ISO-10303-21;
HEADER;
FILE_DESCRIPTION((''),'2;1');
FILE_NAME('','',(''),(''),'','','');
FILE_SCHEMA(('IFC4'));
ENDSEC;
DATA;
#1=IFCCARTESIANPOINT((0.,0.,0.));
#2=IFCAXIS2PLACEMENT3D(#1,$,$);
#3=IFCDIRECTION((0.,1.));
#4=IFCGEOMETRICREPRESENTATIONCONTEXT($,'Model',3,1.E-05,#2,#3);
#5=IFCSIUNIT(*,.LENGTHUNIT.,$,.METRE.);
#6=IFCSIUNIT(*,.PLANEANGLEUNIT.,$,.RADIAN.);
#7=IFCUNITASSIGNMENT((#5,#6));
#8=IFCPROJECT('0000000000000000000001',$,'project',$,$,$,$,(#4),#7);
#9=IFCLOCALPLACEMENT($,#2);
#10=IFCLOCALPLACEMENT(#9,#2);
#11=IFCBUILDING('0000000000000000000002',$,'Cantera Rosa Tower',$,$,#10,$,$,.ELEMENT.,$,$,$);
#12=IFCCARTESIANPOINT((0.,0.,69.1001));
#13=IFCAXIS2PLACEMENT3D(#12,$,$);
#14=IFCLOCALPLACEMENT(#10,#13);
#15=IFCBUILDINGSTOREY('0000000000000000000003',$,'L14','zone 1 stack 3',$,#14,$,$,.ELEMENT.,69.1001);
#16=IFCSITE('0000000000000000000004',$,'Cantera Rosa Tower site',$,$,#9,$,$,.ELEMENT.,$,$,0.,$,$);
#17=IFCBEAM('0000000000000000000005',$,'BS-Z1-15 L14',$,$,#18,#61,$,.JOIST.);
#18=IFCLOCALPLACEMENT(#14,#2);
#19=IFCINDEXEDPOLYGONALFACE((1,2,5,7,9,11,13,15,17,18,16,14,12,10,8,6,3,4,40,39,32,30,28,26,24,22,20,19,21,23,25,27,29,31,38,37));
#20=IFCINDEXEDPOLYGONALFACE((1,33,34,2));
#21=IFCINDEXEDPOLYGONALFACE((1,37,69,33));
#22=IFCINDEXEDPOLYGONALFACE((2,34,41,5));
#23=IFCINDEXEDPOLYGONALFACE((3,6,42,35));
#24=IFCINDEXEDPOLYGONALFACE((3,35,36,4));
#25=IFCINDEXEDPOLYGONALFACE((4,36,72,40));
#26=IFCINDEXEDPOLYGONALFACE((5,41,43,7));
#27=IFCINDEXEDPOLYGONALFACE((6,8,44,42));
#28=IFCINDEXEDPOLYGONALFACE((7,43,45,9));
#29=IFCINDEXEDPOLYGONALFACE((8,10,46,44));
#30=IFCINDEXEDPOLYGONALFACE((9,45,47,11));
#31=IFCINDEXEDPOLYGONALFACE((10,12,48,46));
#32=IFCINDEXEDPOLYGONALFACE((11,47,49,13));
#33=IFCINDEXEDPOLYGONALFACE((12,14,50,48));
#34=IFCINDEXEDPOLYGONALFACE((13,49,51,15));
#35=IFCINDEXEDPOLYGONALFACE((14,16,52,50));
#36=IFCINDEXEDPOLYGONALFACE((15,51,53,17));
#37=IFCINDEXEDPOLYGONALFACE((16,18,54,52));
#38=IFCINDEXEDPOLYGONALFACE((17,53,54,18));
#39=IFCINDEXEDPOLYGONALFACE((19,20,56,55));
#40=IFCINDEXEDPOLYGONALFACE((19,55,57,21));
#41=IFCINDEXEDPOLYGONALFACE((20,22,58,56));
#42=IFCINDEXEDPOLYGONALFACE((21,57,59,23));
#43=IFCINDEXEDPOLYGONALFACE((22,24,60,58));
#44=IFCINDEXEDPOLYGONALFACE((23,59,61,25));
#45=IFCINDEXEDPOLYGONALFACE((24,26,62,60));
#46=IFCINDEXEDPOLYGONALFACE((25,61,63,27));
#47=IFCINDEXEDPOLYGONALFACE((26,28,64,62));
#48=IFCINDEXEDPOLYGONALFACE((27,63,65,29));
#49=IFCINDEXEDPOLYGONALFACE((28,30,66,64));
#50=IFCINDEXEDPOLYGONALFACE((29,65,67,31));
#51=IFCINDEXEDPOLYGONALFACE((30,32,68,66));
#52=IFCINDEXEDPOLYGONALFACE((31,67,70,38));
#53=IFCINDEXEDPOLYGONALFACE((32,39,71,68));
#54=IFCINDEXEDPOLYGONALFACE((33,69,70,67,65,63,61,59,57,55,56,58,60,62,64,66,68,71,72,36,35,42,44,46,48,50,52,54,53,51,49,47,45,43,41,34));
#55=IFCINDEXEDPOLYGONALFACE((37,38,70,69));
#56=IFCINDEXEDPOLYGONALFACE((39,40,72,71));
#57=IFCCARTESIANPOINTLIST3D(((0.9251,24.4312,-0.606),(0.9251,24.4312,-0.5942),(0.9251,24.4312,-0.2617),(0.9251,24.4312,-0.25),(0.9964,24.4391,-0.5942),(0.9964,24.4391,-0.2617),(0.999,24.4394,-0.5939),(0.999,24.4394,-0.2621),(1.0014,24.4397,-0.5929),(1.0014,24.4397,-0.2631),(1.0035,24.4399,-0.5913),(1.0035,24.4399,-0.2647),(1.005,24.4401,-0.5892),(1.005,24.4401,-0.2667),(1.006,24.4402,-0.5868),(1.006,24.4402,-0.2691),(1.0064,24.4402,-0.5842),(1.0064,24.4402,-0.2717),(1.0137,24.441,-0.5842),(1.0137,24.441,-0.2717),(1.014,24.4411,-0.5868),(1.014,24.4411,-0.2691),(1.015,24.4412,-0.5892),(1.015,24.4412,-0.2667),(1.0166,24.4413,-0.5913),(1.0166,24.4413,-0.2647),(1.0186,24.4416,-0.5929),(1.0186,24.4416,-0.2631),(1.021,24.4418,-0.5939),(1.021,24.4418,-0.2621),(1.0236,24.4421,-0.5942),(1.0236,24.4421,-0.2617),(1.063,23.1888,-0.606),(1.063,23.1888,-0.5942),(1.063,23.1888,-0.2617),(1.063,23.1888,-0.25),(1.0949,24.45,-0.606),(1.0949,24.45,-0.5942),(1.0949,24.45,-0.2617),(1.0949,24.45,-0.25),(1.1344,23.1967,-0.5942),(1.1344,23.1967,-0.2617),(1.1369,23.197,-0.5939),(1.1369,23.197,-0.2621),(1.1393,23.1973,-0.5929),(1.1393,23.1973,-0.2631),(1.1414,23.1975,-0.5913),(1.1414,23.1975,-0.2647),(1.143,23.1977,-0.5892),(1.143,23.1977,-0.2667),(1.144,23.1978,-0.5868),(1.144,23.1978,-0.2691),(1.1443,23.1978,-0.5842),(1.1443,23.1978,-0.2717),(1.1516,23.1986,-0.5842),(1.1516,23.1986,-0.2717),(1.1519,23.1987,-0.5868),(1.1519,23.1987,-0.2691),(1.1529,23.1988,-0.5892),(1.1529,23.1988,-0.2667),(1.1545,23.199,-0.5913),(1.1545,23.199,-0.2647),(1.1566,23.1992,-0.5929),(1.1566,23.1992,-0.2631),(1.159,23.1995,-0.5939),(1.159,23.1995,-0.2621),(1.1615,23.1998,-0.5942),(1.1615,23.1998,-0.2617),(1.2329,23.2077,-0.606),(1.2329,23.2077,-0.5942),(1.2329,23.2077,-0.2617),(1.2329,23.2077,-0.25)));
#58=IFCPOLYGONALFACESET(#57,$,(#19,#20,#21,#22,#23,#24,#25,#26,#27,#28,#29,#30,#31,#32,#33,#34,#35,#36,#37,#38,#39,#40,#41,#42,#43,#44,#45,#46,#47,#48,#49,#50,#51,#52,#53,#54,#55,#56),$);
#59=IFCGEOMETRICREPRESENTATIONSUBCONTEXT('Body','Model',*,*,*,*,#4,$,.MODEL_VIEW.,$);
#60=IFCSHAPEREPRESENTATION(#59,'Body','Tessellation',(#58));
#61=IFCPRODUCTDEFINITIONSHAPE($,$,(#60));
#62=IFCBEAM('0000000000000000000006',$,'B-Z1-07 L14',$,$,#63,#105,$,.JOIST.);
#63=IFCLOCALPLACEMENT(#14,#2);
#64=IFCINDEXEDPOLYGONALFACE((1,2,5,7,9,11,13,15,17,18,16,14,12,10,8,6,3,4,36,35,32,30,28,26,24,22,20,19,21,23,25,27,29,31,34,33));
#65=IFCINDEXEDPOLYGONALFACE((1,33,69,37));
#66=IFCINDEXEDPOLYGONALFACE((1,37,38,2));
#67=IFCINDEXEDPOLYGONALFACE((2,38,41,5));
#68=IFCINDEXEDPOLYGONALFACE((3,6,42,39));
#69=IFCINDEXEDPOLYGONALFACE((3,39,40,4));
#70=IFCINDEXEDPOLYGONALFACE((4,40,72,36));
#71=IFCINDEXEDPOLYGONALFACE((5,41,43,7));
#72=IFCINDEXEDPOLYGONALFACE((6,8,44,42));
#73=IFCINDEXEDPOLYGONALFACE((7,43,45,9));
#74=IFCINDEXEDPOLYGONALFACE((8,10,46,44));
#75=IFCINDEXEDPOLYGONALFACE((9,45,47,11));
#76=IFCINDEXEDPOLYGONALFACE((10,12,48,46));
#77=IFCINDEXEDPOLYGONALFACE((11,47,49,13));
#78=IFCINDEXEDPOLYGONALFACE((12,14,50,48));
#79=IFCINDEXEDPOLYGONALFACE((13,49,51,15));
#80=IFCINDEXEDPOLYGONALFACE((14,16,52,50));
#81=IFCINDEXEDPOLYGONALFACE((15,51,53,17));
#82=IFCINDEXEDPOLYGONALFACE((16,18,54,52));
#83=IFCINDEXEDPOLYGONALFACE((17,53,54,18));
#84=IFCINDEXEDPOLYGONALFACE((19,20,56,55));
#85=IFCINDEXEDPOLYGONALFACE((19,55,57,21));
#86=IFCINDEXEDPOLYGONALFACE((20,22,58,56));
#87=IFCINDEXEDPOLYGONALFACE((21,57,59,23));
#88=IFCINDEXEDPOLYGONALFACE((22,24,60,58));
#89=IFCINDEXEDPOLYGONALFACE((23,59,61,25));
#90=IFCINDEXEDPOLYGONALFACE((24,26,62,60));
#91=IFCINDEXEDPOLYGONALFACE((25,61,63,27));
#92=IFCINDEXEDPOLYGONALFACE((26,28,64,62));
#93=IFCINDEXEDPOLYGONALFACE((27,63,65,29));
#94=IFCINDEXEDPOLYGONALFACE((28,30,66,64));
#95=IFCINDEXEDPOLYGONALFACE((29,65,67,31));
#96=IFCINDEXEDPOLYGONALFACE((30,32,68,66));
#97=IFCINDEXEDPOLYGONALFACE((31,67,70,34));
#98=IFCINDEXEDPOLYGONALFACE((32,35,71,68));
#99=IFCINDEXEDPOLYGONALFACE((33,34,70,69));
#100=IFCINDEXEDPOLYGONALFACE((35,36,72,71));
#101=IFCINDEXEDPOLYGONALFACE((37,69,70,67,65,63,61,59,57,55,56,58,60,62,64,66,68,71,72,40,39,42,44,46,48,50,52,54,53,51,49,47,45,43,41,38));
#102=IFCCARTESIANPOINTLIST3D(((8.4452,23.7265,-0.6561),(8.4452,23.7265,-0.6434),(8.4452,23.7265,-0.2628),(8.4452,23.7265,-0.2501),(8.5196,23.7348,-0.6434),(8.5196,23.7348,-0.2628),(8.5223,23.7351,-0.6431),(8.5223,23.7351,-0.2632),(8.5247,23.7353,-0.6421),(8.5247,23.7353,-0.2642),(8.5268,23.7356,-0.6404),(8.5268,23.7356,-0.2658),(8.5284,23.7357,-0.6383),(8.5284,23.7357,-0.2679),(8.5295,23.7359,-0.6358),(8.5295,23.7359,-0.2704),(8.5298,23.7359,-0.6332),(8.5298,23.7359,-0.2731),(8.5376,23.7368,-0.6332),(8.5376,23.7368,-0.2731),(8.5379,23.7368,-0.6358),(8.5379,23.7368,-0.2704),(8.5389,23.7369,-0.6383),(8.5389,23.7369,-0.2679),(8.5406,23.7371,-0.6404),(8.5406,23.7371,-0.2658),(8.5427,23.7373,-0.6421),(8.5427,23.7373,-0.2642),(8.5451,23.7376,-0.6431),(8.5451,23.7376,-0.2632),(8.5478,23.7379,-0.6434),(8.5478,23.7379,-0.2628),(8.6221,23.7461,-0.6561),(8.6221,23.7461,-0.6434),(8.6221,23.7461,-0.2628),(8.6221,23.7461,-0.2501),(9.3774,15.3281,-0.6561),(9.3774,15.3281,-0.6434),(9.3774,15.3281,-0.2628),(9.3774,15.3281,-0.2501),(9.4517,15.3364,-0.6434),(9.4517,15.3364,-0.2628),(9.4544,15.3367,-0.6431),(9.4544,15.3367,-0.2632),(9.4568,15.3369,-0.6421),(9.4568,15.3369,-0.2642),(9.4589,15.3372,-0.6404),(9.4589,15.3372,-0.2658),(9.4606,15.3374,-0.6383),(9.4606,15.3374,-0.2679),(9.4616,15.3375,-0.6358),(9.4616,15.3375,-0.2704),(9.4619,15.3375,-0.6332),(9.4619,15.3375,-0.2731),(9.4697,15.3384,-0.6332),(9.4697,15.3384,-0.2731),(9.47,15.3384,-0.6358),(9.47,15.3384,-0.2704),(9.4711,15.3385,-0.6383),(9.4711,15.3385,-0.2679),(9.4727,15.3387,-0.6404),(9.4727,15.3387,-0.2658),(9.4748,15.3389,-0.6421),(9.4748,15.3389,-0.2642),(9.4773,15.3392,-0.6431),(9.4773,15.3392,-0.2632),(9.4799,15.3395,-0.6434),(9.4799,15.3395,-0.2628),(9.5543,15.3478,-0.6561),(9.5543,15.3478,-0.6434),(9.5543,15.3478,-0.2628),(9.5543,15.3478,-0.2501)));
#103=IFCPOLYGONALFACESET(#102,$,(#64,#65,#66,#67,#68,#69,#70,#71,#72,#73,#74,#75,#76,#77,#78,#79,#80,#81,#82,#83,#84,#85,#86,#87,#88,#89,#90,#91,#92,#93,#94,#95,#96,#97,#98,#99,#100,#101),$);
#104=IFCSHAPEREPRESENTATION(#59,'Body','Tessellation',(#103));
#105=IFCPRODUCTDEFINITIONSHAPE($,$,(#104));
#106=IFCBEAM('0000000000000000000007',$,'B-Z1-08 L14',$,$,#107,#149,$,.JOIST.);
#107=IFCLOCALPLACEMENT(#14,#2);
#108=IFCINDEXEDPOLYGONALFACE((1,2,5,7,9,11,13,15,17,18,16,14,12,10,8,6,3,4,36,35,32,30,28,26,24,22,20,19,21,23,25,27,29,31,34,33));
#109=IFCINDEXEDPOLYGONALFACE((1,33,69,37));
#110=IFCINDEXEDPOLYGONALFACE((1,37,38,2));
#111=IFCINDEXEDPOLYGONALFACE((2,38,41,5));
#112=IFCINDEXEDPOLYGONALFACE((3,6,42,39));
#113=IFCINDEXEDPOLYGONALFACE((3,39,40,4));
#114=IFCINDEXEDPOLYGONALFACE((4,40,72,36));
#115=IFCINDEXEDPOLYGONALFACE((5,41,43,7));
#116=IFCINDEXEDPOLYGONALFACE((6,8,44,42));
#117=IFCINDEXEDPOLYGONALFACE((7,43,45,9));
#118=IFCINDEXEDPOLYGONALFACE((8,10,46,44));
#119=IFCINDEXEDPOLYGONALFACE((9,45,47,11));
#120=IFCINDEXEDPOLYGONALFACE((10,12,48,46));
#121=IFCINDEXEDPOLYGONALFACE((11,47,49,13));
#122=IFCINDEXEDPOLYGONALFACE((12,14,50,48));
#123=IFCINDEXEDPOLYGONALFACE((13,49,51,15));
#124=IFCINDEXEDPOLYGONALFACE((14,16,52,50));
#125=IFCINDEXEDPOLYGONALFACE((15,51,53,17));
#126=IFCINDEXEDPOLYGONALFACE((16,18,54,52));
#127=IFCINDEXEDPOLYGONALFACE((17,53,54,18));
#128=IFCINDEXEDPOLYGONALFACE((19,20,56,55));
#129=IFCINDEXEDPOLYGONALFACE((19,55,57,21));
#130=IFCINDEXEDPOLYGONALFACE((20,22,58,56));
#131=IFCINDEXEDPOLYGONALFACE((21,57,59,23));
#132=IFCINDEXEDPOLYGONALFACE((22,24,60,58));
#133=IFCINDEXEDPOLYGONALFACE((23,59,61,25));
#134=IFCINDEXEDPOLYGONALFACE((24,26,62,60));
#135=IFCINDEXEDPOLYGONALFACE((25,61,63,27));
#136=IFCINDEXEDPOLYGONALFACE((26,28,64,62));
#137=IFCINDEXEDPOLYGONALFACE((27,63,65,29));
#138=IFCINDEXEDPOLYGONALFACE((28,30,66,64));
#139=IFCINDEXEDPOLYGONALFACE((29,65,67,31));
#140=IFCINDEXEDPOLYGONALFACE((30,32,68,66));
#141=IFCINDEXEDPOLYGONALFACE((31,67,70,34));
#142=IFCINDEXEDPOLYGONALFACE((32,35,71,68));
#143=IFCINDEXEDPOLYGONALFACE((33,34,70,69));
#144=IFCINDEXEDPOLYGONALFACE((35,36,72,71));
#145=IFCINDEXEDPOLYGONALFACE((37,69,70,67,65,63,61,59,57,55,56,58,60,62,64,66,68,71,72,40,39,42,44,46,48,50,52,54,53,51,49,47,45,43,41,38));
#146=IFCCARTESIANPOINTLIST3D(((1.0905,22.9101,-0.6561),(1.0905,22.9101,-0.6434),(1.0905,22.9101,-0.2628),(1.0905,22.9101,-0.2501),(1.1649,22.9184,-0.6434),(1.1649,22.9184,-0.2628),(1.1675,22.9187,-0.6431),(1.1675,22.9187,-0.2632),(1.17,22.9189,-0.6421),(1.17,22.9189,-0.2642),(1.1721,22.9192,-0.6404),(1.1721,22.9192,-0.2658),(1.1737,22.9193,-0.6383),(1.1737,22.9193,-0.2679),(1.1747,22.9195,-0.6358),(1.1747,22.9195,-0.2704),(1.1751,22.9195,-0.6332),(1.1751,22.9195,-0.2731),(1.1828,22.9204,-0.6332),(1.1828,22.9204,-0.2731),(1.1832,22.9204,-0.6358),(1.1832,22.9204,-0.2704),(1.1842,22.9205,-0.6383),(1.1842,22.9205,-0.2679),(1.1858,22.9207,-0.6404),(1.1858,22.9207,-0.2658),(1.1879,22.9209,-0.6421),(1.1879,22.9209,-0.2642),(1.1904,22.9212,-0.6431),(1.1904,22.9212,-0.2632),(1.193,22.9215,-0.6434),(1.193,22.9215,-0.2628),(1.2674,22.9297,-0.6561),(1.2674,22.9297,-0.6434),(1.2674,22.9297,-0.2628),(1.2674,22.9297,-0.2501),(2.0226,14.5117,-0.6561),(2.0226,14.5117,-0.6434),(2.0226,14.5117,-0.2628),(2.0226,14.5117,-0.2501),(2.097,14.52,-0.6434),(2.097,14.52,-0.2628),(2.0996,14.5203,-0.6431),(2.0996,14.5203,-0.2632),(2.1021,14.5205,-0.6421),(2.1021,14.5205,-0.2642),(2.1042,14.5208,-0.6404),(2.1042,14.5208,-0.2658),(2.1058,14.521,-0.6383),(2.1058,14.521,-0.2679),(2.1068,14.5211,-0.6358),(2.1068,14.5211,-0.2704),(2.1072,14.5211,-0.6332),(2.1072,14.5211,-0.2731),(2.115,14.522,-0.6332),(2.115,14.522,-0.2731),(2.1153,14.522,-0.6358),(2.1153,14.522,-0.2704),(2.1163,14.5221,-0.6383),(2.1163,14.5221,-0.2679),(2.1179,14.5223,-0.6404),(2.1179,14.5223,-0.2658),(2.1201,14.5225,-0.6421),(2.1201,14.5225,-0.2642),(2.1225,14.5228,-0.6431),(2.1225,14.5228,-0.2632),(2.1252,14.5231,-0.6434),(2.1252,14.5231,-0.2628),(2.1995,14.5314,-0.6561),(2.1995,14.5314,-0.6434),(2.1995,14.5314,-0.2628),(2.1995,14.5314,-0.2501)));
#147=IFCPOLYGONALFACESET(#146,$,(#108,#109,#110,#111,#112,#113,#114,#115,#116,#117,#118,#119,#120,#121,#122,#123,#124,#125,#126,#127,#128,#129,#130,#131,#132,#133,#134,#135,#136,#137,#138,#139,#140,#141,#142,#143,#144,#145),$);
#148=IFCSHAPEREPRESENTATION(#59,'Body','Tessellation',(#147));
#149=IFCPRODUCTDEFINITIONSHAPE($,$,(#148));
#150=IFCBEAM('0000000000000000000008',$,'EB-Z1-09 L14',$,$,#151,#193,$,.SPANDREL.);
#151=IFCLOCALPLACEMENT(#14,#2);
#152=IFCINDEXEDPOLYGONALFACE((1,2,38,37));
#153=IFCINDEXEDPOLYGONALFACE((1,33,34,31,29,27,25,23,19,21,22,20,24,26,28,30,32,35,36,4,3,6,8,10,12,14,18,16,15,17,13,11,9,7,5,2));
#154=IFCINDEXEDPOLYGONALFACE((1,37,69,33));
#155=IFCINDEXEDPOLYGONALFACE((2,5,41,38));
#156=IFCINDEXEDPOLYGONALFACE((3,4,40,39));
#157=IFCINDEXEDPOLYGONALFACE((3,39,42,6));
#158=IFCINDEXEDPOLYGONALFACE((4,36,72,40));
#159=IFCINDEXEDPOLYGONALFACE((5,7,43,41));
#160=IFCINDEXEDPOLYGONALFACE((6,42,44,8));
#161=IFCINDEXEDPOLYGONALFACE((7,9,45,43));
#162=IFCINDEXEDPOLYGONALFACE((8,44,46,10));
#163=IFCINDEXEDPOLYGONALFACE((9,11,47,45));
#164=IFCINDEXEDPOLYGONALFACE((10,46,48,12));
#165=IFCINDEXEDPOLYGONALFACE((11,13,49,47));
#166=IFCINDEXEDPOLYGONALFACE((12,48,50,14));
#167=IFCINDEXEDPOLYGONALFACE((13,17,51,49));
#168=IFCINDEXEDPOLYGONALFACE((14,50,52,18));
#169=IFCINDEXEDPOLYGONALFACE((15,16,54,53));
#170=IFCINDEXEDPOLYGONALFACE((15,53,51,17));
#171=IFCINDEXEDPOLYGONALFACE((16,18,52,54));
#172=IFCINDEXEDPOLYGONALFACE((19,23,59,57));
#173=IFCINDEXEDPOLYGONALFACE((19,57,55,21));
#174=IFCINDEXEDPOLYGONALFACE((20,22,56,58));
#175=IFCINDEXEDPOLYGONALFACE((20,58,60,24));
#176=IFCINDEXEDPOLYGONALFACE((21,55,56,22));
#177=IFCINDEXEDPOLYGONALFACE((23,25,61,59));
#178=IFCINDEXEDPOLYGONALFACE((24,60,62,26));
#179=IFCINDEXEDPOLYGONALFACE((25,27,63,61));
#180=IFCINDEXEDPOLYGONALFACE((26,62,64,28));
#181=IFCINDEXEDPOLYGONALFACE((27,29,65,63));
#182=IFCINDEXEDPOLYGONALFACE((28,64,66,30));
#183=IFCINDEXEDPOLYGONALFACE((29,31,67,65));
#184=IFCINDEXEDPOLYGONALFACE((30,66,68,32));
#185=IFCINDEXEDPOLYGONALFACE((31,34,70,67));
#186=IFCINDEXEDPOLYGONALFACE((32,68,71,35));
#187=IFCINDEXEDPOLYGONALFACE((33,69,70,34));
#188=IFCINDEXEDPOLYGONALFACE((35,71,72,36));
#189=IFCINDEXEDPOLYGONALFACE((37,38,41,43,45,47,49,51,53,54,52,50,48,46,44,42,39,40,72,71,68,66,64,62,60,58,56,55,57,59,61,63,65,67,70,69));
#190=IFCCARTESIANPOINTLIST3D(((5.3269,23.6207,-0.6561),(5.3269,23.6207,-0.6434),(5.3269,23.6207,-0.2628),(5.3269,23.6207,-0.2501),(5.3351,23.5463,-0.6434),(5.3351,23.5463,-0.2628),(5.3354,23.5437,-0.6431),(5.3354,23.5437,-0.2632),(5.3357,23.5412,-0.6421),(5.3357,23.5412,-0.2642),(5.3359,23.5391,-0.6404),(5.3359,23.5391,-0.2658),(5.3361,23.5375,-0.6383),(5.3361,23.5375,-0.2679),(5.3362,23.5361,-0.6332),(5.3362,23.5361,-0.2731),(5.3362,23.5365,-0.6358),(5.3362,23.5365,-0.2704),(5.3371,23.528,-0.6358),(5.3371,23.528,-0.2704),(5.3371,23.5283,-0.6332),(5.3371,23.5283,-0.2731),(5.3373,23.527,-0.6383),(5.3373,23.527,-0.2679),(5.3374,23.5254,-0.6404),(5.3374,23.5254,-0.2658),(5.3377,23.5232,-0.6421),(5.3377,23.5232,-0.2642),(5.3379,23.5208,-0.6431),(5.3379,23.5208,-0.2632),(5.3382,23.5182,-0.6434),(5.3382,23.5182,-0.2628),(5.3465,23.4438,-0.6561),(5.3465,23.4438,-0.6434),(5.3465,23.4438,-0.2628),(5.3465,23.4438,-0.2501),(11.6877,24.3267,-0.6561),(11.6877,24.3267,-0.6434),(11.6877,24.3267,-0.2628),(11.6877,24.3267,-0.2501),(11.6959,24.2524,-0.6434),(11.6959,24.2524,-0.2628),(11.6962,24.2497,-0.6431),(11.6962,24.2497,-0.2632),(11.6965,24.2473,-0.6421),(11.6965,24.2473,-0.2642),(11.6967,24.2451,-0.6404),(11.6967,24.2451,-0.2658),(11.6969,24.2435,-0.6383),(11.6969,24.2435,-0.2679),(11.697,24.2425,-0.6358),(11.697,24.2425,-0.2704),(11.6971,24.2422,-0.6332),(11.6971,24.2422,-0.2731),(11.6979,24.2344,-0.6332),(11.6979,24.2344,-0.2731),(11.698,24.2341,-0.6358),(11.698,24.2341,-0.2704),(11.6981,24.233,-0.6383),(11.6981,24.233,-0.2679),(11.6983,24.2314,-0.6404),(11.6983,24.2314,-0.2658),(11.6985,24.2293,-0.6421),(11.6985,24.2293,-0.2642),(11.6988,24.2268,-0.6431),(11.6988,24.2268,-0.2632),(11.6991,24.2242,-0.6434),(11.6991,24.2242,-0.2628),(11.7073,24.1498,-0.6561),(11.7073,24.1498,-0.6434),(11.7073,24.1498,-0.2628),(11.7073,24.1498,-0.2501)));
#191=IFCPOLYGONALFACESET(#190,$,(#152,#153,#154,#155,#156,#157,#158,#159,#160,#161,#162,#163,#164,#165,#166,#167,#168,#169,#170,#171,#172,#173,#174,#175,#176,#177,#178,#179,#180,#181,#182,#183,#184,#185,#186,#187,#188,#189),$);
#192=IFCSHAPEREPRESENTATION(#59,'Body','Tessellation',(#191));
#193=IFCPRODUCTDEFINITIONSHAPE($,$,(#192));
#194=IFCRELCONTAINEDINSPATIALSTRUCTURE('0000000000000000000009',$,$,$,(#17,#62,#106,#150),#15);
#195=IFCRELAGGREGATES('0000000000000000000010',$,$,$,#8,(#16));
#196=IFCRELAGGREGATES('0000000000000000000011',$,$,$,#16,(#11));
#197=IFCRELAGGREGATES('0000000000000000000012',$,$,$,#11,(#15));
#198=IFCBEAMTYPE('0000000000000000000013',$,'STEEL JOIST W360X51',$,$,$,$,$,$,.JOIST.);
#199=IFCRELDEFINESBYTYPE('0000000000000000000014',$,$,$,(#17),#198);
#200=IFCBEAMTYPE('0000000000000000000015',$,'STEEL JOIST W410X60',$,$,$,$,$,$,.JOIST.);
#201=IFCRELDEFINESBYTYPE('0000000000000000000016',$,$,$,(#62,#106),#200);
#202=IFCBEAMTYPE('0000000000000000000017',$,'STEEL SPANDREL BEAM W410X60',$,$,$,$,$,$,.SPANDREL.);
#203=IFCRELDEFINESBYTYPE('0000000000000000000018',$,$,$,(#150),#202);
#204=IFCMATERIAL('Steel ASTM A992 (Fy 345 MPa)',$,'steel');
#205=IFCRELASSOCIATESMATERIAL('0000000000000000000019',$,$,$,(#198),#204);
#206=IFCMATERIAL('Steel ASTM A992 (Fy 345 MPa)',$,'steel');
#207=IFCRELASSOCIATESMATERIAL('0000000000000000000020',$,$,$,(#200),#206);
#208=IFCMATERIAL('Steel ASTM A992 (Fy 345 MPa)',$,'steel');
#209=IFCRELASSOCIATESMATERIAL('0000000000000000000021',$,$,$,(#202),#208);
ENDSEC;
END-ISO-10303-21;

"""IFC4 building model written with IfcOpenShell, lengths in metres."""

from ifc_helpers import new_model, si_unit, direction, frame, origin, origin_2d, place, context, subcontext, project, spatial, i_section, extrude, material, material_profile, profile_set, type_object, element, save


model = new_model("IFC4")

# Units and contexts
model_context = context("Model", 3, precision=1e-05, world=origin(), true_north=direction((0.0, 1.0)))
body_context = subcontext(model_context, "Body", "Model", "MODEL_VIEW")
ifc_project = project(units=[si_unit("LENGTHUNIT", "METRE"), si_unit("PLANEANGLEUNIT", "RADIAN")], contexts=[model_context])

# Site, building, storey
site_placement = place(None, origin())
site = spatial("IfcSite", under=ifc_project, at=site_placement, Name="Cantera Rosa Tower site", CompositionType="ELEMENT", RefElevation=0.0)
building_placement = place(site_placement, origin())
building = spatial("IfcBuilding", under=site, at=building_placement, Name="Cantera Rosa Tower", CompositionType="ELEMENT")
storey_placement = place(building_placement, frame((0.0, 0.0, 69.1001)))
storey = spatial("IfcBuildingStorey", under=building, at=storey_placement, Name="L14", Description="zone 1 stack 3", CompositionType="ELEMENT", Elevation=69.1001)

# Beams
ifc_material_1 = material(Name="Steel ASTM A992 (Fy 345 MPa)", Category="steel")
ifc_material_profile_1 = material_profile(ifc_material_1, i_section(OverallWidth=0.1709, OverallDepth=0.356, WebThickness=0.0073, FlangeThickness=0.0117, FilletRadius=0.01, at=origin_2d()), Name="W360X51")
ifc_profile_set_1 = profile_set([ifc_material_profile_1], Name="Steel ASTM A992 (Fy 345 MPa)")
beam_type_1 = type_object("IfcBeamType", Name="STEEL JOIST W360X51", PredefinedType="JOIST", material=ifc_profile_set_1)
beam_1_placement = place(storey_placement, frame((1.1479, 23.1982, -0.428), z_axis=(-0.110346, 0.993893, 0.0), x_axis=(-0.993893, -0.110346, 0.0)))
element("IfcBeam", 1, at=beam_1_placement, inside=storey, type_object=beam_type_1, Name="BS-Z1-15 L14", PredefinedType="JOIST", context=body_context, shape_type="SweptSolid", body=[
    extrude(i_section(OverallWidth=0.1709, OverallDepth=0.356, WebThickness=0.0073, FlangeThickness=0.0117, FilletRadius=0.01, at=origin_2d()), origin(), (0.0, 0.0, 1.0), 1.25),
])
ifc_material_2 = material(Name="Steel ASTM A992 (Fy 345 MPa)", Category="steel")
ifc_material_profile_2 = material_profile(ifc_material_2, i_section(OverallWidth=0.178, OverallDepth=0.406, WebThickness=0.0078, FlangeThickness=0.0127, FilletRadius=0.0103, at=origin_2d()), Name="W410X60")
ifc_profile_set_2 = profile_set([ifc_material_profile_2], Name="Steel ASTM A992 (Fy 345 MPa)")
beam_type_2 = type_object("IfcBeamType", Name="STEEL JOIST W410X60", PredefinedType="JOIST", material=ifc_profile_set_2)
for number, where, z_axis, x_axis, name in (
    (2, (8.5337, 23.7363, -0.4531), (0.110311, -0.993897, 0.0), (0.993897, 0.110311, 0.0), "B-Z1-07 L14"),
    (3, (1.179, 22.9199, -0.4531), (0.110311, -0.993897, 0.0), (0.993897, 0.110311, 0.0), "B-Z1-08 L14"),
):
    element("IfcBeam", number, at=place(storey_placement, frame(where, z_axis=z_axis, x_axis=x_axis)), inside=storey, type_object=beam_type_2, Name=name, PredefinedType="JOIST", context=body_context, shape_type="SweptSolid", body=[
        extrude(i_section(OverallWidth=0.178, OverallDepth=0.406, WebThickness=0.0078, FlangeThickness=0.0127, FilletRadius=0.0103, at=origin_2d()), origin(), (0.0, 0.0, 1.0), 8.45),
    ])
ifc_material_3 = material(Name="Steel ASTM A992 (Fy 345 MPa)", Category="steel")
ifc_material_profile_3 = material_profile(ifc_material_3, i_section(OverallWidth=0.178, OverallDepth=0.406, WebThickness=0.0078, FlangeThickness=0.0127, FilletRadius=0.0103, at=origin_2d()), Name="W410X60")
ifc_profile_set_3 = profile_set([ifc_material_profile_3], Name="Steel ASTM A992 (Fy 345 MPa)")
beam_type_3 = type_object("IfcBeamType", Name="STEEL SPANDREL BEAM W410X60", PredefinedType="SPANDREL", material=ifc_profile_set_3)
for number, where, z_axis, x_axis, name in (
    (4, (11.6975, 24.2383, -0.4531), (-0.993896, -0.110323, 0.0), (0.110323, -0.993896, 0.0), "EB-Z1-09 L14"),
):
    element("IfcBeam", number, at=place(storey_placement, frame(where, z_axis=z_axis, x_axis=x_axis)), inside=storey, type_object=beam_type_3, Name=name, PredefinedType="SPANDREL", context=body_context, shape_type="SweptSolid", body=[
        extrude(i_section(OverallWidth=0.178, OverallDepth=0.406, WebThickness=0.0078, FlangeThickness=0.0127, FilletRadius=0.0103, at=origin_2d()), origin(), (0.0, 0.0, 1.0), 6.3999),
    ])

save(model, "model.ifc")
